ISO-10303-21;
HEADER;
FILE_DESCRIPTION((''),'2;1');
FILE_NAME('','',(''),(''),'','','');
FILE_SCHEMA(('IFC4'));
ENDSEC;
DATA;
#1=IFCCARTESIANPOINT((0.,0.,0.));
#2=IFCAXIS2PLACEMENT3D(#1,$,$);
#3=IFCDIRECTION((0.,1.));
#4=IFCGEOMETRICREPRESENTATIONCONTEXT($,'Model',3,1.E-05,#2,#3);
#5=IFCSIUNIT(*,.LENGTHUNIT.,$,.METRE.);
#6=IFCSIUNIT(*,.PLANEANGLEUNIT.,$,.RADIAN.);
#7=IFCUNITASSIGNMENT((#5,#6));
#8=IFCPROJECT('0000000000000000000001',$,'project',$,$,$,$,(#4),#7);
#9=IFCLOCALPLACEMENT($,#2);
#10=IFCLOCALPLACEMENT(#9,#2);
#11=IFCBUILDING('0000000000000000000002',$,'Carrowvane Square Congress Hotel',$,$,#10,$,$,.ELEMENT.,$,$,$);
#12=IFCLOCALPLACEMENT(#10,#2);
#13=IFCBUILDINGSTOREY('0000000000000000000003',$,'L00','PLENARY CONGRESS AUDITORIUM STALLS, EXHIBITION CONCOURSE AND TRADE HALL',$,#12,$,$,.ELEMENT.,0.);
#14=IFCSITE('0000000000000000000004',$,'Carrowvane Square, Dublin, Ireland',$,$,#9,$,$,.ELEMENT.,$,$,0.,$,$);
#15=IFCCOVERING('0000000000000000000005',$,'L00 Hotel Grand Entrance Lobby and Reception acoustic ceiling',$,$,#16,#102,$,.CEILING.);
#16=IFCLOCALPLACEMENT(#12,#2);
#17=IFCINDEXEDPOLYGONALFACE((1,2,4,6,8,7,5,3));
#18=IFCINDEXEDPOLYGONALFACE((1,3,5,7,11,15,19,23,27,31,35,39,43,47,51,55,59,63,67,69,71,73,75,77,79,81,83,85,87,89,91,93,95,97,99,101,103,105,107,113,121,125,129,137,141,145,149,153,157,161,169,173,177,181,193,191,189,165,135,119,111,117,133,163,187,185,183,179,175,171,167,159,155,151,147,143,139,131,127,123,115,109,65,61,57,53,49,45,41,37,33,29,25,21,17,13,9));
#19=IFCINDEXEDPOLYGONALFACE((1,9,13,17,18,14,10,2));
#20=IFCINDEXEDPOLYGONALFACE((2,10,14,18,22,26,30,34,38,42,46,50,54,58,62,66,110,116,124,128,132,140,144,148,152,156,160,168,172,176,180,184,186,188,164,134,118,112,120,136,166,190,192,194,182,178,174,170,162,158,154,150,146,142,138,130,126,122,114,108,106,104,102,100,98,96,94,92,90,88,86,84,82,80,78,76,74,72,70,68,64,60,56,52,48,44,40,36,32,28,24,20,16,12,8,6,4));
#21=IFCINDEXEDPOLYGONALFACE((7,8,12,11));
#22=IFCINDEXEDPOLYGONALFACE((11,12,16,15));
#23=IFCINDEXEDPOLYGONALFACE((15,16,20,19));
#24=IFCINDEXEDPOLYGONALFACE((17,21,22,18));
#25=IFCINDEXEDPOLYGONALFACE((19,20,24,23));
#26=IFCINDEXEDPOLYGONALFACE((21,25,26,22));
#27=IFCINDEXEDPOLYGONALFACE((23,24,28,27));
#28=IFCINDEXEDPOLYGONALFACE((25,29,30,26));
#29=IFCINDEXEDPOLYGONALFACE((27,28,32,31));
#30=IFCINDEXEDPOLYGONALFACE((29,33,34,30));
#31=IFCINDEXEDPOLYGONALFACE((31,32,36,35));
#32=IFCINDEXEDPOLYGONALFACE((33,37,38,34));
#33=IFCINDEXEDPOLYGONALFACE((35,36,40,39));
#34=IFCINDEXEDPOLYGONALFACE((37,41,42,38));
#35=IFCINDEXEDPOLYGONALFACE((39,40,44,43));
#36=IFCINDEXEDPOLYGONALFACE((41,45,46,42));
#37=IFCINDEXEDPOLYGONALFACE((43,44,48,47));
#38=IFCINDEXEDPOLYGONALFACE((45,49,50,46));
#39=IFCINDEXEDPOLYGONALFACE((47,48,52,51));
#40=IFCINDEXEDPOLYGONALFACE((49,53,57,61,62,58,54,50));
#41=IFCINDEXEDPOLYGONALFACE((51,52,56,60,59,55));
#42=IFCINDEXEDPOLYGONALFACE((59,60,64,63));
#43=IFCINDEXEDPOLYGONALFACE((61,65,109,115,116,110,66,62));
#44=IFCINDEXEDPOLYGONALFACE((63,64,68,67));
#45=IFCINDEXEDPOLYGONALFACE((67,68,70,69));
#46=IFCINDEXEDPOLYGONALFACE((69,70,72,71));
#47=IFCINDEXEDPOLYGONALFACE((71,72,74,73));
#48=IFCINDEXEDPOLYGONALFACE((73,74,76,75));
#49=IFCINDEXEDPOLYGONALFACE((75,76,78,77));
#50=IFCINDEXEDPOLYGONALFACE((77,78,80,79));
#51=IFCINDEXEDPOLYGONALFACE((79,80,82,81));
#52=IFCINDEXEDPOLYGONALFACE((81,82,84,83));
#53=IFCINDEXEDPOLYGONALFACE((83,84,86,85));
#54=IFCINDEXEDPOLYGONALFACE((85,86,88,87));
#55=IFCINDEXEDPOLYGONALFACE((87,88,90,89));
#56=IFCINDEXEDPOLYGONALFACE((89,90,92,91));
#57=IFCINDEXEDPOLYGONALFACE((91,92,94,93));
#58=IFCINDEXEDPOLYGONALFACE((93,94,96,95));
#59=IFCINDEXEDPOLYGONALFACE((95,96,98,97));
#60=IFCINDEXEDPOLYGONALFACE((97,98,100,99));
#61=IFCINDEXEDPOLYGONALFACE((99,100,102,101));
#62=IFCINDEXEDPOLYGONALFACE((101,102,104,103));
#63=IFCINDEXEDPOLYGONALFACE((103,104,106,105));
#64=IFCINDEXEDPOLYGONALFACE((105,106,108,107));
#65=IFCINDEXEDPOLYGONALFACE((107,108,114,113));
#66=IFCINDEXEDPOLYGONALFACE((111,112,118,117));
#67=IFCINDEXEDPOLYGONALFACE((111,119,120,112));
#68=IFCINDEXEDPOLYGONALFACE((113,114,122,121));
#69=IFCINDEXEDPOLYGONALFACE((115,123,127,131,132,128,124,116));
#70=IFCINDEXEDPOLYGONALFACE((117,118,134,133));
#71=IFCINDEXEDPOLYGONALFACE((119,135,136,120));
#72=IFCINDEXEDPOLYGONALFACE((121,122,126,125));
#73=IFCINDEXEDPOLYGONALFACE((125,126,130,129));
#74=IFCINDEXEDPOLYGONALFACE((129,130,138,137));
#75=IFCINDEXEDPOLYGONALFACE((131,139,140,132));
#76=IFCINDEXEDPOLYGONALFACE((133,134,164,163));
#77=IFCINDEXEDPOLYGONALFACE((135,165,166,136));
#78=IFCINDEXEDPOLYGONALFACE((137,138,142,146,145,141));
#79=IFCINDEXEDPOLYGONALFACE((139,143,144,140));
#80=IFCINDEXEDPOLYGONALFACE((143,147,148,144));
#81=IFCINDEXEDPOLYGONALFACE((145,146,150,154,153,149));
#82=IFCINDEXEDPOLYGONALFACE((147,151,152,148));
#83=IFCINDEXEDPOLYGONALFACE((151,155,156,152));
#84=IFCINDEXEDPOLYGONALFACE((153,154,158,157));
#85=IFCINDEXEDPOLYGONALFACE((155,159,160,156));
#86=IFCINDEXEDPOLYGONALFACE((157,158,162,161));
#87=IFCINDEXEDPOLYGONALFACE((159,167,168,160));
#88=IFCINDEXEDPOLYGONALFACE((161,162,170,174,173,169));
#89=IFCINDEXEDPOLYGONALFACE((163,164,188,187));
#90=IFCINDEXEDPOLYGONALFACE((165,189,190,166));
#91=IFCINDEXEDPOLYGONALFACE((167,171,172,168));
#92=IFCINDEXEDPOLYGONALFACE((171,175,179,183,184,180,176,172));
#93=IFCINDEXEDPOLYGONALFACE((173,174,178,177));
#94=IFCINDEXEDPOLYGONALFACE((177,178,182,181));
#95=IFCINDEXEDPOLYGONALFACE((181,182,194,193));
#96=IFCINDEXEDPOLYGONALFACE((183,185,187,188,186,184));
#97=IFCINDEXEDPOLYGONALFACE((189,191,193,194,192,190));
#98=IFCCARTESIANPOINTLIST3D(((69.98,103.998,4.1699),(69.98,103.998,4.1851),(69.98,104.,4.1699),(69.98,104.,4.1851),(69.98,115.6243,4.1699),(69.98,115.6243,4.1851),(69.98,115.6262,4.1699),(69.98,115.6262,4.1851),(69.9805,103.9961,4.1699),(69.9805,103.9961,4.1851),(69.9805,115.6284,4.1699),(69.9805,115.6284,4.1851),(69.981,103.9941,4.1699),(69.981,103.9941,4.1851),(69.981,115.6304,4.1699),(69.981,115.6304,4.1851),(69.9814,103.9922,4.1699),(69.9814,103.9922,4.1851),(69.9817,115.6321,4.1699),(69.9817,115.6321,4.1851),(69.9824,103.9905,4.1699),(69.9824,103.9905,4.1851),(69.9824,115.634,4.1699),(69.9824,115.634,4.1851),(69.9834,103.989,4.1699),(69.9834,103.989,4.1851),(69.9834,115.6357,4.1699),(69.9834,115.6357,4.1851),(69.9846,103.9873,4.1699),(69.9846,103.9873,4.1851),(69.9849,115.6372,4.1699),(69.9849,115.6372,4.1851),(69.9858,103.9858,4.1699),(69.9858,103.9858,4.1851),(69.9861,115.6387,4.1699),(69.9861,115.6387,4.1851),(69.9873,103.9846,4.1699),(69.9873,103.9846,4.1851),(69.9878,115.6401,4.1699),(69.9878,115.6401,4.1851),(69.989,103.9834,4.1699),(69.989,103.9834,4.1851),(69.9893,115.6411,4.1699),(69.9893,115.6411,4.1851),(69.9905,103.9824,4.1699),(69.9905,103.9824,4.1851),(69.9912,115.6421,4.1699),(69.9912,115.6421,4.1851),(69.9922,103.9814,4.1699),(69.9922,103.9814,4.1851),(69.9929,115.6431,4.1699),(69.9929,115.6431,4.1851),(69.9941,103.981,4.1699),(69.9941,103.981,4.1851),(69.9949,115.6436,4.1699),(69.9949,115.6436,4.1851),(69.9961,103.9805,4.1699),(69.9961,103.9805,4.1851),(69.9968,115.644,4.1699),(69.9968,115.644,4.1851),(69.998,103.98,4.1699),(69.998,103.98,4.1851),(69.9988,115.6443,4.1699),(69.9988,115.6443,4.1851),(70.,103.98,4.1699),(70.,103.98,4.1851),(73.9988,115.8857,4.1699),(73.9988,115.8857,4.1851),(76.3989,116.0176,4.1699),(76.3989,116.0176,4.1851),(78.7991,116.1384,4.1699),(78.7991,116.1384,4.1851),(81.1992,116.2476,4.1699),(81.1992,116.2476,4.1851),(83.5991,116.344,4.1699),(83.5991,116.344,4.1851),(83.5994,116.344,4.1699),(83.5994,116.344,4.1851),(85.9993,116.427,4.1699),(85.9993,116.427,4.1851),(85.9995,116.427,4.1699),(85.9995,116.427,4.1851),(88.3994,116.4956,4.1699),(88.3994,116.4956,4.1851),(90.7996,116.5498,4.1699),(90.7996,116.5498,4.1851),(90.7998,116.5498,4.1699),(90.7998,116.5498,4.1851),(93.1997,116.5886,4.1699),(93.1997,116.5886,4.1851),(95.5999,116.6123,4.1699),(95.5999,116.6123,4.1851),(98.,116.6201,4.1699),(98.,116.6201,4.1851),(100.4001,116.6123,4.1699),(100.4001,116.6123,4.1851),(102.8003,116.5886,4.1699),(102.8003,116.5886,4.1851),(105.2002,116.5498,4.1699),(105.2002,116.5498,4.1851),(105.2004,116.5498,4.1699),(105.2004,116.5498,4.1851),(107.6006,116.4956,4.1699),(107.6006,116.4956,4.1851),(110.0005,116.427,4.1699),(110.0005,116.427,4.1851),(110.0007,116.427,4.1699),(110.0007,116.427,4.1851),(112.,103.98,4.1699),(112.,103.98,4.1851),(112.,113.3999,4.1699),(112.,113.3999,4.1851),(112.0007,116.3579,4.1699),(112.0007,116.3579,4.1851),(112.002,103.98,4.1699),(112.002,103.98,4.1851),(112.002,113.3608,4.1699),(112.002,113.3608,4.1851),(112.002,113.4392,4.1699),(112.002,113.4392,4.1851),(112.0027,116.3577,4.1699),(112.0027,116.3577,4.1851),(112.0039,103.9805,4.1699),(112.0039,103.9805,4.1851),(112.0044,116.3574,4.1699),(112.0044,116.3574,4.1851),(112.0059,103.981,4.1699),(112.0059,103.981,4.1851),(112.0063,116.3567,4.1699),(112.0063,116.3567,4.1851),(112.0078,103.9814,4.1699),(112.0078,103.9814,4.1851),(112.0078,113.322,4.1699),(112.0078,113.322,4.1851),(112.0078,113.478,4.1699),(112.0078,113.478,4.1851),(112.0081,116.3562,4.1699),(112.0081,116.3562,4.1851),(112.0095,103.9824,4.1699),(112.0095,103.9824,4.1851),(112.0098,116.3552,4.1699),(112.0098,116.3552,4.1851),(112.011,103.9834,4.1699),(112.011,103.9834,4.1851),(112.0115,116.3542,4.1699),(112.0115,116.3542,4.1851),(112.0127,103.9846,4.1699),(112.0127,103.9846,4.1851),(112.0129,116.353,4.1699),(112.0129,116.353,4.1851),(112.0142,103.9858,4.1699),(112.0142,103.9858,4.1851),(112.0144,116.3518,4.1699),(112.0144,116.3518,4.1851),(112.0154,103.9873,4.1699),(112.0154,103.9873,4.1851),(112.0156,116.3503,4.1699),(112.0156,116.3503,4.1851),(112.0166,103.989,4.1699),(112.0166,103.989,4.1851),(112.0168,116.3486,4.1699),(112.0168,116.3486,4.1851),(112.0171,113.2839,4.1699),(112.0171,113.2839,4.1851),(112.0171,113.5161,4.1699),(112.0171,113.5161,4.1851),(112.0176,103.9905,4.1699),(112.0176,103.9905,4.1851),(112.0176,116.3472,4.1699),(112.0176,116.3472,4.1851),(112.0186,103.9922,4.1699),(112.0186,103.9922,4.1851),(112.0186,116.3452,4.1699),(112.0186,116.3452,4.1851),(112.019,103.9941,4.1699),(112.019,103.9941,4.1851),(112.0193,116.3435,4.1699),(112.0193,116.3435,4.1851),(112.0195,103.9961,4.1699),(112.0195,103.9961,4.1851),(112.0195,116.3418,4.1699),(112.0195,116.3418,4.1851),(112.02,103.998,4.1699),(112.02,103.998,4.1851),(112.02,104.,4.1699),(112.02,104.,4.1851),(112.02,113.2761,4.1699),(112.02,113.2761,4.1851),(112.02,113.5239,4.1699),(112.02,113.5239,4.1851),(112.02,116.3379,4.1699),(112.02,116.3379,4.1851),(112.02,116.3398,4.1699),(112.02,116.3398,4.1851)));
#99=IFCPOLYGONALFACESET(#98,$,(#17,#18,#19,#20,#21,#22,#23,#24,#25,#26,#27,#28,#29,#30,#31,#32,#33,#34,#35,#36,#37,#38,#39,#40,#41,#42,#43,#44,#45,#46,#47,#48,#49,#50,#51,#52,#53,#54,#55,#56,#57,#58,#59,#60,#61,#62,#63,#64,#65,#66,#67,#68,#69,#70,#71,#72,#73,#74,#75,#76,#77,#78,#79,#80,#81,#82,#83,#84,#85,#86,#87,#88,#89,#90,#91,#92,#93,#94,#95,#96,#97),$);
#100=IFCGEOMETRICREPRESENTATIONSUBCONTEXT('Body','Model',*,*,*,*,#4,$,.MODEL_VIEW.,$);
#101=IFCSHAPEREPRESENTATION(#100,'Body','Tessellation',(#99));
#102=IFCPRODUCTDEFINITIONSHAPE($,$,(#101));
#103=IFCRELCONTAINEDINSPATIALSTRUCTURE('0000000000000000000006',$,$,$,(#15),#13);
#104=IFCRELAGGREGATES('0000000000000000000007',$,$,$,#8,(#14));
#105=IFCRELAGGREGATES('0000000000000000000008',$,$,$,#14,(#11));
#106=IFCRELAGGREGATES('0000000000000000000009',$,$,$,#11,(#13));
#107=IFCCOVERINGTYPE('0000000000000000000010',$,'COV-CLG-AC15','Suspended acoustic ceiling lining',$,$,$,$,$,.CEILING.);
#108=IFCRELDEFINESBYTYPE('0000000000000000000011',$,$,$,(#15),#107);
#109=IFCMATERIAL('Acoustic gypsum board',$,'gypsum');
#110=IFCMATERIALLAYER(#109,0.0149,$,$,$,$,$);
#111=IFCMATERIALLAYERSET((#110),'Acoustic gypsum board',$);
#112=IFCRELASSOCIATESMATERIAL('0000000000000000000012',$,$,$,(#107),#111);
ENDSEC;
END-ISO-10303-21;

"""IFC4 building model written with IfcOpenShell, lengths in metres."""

from ifc_helpers import new_model, si_unit, direction, frame, origin, place, context, subcontext, project, spatial, polyline, outline, extrude, material, layer, layer_set, type_object, element, save


model = new_model("IFC4")

# Units and contexts
model_context = context("Model", 3, precision=1e-05, world=origin(), true_north=direction((0.0, 1.0)))
body_context = subcontext(model_context, "Body", "Model", "MODEL_VIEW")
ifc_project = project(units=[si_unit("LENGTHUNIT", "METRE"), si_unit("PLANEANGLEUNIT", "RADIAN")], contexts=[model_context])

# Site, building, storey
site_placement = place(None, origin())
site = spatial("IfcSite", under=ifc_project, at=site_placement, Name="Carrowvane Square, Dublin, Ireland", CompositionType="ELEMENT", RefElevation=0.0)
building_placement = place(site_placement, origin())
building = spatial("IfcBuilding", under=site, at=building_placement, Name="Carrowvane Square Congress Hotel", CompositionType="ELEMENT")
storey_placement = place(building_placement, origin())
storey = spatial("IfcBuildingStorey", under=building, at=storey_placement, Name="L00", Description="PLENARY CONGRESS AUDITORIUM STALLS, EXHIBITION CONCOURSE AND TRADE HALL", CompositionType="ELEMENT", Elevation=0.0)

# Covering
ifc_material_1 = material(Name="Acoustic gypsum board", Category="gypsum")
ifc_layer_1 = layer(ifc_material_1, 0.0149)
ifc_layer_set_1 = layer_set([ifc_layer_1], Name="Acoustic gypsum board")
covering_type_1 = type_object("IfcCoveringType", Name="COV-CLG-AC15", Description="Suspended acoustic ceiling lining", PredefinedType="CEILING", material=ifc_layer_set_1)
covering_1_placement = place(storey_placement, frame((0.0, 0.0, 4.1699)))
element("IfcCovering", 1, at=covering_1_placement, inside=storey, type_object=covering_type_1, Name="L00 Hotel Grand Entrance Lobby and Reception acoustic ceiling", PredefinedType="CEILING", context=body_context, shape_type="SweptSolid", body=[
    extrude(outline(polyline([(69.9922, 103.9814), (69.9905, 103.9824), (69.989, 103.9834), (69.9873, 103.9846), (69.9858, 103.9858), (69.9846, 103.9873), (69.9834, 103.989), (69.9824, 103.9905), (69.9814, 103.9922), (69.981, 103.9941), (69.9805, 103.9961), (69.98, 103.998), (69.98, 104.0), (69.98, 115.6243), (69.98, 115.6262), (69.9805, 115.6284), (69.981, 115.6304), (69.9817, 115.6321), (69.9824, 115.634), (69.9834, 115.6357), (69.9849, 115.6372), (69.9861, 115.6387), (69.9878, 115.6401), (69.9893, 115.6411), (69.9912, 115.6421), (69.9929, 115.6431), (69.9949, 115.6436), (69.9968, 115.644), (69.9988, 115.6443), (73.9988, 115.8857), (73.9988, 115.8857), (76.3989, 116.0176), (76.3989, 116.0176), (78.7991, 116.1384), (78.7991, 116.1384), (81.1992, 116.2476), (81.1992, 116.2476), (83.5991, 116.344), (83.5994, 116.344), (85.9993, 116.427), (85.9995, 116.427), (88.3994, 116.4956), (88.3994, 116.4956), (90.7996, 116.5498), (90.7998, 116.5498), (93.1997, 116.5886), (93.1997, 116.5886), (95.5999, 116.6123), (95.5999, 116.6123), (98.0, 116.6201), (98.0, 116.6201), (100.4001, 116.6123), (100.4001, 116.6123), (102.8003, 116.5886), (102.8003, 116.5886), (105.2002, 116.5498), (105.2004, 116.5498), (107.6006, 116.4956), (107.6006, 116.4956), (110.0005, 116.427), (110.0007, 116.427), (112.0007, 116.3579), (112.0027, 116.3577), (112.0044, 116.3574), (112.0063, 116.3567), (112.0081, 116.3562), (112.0098, 116.3552), (112.0115, 116.3542), (112.0129, 116.353), (112.0144, 116.3518), (112.0156, 116.3503), (112.0168, 116.3486), (112.0176, 116.3472), (112.0186, 116.3452), (112.0193, 116.3435), (112.0195, 116.3418), (112.02, 116.3398), (112.02, 116.3379), (112.02, 113.5239), (112.0171, 113.5161), (112.0078, 113.478), (112.002, 113.4392), (112.0, 113.3999), (112.002, 113.3608), (112.0078, 113.322), (112.0171, 113.2839), (112.02, 113.2761), (112.02, 104.0), (112.02, 103.998), (112.0195, 103.9961), (112.019, 103.9941), (112.0186, 103.9922), (112.0176, 103.9905), (112.0166, 103.989), (112.0154, 103.9873), (112.0142, 103.9858), (112.0127, 103.9846), (112.011, 103.9834), (112.0095, 103.9824), (112.0078, 103.9814), (112.0059, 103.981), (112.0039, 103.9805), (112.002, 103.98), (112.0, 103.98), (70.0, 103.98), (69.998, 103.98), (69.9961, 103.9805), (69.9941, 103.981), (69.9922, 103.9814)])), origin(), (0.0, 0.0, 1.0), 0.0151),
])

save(model, "model.ifc")
